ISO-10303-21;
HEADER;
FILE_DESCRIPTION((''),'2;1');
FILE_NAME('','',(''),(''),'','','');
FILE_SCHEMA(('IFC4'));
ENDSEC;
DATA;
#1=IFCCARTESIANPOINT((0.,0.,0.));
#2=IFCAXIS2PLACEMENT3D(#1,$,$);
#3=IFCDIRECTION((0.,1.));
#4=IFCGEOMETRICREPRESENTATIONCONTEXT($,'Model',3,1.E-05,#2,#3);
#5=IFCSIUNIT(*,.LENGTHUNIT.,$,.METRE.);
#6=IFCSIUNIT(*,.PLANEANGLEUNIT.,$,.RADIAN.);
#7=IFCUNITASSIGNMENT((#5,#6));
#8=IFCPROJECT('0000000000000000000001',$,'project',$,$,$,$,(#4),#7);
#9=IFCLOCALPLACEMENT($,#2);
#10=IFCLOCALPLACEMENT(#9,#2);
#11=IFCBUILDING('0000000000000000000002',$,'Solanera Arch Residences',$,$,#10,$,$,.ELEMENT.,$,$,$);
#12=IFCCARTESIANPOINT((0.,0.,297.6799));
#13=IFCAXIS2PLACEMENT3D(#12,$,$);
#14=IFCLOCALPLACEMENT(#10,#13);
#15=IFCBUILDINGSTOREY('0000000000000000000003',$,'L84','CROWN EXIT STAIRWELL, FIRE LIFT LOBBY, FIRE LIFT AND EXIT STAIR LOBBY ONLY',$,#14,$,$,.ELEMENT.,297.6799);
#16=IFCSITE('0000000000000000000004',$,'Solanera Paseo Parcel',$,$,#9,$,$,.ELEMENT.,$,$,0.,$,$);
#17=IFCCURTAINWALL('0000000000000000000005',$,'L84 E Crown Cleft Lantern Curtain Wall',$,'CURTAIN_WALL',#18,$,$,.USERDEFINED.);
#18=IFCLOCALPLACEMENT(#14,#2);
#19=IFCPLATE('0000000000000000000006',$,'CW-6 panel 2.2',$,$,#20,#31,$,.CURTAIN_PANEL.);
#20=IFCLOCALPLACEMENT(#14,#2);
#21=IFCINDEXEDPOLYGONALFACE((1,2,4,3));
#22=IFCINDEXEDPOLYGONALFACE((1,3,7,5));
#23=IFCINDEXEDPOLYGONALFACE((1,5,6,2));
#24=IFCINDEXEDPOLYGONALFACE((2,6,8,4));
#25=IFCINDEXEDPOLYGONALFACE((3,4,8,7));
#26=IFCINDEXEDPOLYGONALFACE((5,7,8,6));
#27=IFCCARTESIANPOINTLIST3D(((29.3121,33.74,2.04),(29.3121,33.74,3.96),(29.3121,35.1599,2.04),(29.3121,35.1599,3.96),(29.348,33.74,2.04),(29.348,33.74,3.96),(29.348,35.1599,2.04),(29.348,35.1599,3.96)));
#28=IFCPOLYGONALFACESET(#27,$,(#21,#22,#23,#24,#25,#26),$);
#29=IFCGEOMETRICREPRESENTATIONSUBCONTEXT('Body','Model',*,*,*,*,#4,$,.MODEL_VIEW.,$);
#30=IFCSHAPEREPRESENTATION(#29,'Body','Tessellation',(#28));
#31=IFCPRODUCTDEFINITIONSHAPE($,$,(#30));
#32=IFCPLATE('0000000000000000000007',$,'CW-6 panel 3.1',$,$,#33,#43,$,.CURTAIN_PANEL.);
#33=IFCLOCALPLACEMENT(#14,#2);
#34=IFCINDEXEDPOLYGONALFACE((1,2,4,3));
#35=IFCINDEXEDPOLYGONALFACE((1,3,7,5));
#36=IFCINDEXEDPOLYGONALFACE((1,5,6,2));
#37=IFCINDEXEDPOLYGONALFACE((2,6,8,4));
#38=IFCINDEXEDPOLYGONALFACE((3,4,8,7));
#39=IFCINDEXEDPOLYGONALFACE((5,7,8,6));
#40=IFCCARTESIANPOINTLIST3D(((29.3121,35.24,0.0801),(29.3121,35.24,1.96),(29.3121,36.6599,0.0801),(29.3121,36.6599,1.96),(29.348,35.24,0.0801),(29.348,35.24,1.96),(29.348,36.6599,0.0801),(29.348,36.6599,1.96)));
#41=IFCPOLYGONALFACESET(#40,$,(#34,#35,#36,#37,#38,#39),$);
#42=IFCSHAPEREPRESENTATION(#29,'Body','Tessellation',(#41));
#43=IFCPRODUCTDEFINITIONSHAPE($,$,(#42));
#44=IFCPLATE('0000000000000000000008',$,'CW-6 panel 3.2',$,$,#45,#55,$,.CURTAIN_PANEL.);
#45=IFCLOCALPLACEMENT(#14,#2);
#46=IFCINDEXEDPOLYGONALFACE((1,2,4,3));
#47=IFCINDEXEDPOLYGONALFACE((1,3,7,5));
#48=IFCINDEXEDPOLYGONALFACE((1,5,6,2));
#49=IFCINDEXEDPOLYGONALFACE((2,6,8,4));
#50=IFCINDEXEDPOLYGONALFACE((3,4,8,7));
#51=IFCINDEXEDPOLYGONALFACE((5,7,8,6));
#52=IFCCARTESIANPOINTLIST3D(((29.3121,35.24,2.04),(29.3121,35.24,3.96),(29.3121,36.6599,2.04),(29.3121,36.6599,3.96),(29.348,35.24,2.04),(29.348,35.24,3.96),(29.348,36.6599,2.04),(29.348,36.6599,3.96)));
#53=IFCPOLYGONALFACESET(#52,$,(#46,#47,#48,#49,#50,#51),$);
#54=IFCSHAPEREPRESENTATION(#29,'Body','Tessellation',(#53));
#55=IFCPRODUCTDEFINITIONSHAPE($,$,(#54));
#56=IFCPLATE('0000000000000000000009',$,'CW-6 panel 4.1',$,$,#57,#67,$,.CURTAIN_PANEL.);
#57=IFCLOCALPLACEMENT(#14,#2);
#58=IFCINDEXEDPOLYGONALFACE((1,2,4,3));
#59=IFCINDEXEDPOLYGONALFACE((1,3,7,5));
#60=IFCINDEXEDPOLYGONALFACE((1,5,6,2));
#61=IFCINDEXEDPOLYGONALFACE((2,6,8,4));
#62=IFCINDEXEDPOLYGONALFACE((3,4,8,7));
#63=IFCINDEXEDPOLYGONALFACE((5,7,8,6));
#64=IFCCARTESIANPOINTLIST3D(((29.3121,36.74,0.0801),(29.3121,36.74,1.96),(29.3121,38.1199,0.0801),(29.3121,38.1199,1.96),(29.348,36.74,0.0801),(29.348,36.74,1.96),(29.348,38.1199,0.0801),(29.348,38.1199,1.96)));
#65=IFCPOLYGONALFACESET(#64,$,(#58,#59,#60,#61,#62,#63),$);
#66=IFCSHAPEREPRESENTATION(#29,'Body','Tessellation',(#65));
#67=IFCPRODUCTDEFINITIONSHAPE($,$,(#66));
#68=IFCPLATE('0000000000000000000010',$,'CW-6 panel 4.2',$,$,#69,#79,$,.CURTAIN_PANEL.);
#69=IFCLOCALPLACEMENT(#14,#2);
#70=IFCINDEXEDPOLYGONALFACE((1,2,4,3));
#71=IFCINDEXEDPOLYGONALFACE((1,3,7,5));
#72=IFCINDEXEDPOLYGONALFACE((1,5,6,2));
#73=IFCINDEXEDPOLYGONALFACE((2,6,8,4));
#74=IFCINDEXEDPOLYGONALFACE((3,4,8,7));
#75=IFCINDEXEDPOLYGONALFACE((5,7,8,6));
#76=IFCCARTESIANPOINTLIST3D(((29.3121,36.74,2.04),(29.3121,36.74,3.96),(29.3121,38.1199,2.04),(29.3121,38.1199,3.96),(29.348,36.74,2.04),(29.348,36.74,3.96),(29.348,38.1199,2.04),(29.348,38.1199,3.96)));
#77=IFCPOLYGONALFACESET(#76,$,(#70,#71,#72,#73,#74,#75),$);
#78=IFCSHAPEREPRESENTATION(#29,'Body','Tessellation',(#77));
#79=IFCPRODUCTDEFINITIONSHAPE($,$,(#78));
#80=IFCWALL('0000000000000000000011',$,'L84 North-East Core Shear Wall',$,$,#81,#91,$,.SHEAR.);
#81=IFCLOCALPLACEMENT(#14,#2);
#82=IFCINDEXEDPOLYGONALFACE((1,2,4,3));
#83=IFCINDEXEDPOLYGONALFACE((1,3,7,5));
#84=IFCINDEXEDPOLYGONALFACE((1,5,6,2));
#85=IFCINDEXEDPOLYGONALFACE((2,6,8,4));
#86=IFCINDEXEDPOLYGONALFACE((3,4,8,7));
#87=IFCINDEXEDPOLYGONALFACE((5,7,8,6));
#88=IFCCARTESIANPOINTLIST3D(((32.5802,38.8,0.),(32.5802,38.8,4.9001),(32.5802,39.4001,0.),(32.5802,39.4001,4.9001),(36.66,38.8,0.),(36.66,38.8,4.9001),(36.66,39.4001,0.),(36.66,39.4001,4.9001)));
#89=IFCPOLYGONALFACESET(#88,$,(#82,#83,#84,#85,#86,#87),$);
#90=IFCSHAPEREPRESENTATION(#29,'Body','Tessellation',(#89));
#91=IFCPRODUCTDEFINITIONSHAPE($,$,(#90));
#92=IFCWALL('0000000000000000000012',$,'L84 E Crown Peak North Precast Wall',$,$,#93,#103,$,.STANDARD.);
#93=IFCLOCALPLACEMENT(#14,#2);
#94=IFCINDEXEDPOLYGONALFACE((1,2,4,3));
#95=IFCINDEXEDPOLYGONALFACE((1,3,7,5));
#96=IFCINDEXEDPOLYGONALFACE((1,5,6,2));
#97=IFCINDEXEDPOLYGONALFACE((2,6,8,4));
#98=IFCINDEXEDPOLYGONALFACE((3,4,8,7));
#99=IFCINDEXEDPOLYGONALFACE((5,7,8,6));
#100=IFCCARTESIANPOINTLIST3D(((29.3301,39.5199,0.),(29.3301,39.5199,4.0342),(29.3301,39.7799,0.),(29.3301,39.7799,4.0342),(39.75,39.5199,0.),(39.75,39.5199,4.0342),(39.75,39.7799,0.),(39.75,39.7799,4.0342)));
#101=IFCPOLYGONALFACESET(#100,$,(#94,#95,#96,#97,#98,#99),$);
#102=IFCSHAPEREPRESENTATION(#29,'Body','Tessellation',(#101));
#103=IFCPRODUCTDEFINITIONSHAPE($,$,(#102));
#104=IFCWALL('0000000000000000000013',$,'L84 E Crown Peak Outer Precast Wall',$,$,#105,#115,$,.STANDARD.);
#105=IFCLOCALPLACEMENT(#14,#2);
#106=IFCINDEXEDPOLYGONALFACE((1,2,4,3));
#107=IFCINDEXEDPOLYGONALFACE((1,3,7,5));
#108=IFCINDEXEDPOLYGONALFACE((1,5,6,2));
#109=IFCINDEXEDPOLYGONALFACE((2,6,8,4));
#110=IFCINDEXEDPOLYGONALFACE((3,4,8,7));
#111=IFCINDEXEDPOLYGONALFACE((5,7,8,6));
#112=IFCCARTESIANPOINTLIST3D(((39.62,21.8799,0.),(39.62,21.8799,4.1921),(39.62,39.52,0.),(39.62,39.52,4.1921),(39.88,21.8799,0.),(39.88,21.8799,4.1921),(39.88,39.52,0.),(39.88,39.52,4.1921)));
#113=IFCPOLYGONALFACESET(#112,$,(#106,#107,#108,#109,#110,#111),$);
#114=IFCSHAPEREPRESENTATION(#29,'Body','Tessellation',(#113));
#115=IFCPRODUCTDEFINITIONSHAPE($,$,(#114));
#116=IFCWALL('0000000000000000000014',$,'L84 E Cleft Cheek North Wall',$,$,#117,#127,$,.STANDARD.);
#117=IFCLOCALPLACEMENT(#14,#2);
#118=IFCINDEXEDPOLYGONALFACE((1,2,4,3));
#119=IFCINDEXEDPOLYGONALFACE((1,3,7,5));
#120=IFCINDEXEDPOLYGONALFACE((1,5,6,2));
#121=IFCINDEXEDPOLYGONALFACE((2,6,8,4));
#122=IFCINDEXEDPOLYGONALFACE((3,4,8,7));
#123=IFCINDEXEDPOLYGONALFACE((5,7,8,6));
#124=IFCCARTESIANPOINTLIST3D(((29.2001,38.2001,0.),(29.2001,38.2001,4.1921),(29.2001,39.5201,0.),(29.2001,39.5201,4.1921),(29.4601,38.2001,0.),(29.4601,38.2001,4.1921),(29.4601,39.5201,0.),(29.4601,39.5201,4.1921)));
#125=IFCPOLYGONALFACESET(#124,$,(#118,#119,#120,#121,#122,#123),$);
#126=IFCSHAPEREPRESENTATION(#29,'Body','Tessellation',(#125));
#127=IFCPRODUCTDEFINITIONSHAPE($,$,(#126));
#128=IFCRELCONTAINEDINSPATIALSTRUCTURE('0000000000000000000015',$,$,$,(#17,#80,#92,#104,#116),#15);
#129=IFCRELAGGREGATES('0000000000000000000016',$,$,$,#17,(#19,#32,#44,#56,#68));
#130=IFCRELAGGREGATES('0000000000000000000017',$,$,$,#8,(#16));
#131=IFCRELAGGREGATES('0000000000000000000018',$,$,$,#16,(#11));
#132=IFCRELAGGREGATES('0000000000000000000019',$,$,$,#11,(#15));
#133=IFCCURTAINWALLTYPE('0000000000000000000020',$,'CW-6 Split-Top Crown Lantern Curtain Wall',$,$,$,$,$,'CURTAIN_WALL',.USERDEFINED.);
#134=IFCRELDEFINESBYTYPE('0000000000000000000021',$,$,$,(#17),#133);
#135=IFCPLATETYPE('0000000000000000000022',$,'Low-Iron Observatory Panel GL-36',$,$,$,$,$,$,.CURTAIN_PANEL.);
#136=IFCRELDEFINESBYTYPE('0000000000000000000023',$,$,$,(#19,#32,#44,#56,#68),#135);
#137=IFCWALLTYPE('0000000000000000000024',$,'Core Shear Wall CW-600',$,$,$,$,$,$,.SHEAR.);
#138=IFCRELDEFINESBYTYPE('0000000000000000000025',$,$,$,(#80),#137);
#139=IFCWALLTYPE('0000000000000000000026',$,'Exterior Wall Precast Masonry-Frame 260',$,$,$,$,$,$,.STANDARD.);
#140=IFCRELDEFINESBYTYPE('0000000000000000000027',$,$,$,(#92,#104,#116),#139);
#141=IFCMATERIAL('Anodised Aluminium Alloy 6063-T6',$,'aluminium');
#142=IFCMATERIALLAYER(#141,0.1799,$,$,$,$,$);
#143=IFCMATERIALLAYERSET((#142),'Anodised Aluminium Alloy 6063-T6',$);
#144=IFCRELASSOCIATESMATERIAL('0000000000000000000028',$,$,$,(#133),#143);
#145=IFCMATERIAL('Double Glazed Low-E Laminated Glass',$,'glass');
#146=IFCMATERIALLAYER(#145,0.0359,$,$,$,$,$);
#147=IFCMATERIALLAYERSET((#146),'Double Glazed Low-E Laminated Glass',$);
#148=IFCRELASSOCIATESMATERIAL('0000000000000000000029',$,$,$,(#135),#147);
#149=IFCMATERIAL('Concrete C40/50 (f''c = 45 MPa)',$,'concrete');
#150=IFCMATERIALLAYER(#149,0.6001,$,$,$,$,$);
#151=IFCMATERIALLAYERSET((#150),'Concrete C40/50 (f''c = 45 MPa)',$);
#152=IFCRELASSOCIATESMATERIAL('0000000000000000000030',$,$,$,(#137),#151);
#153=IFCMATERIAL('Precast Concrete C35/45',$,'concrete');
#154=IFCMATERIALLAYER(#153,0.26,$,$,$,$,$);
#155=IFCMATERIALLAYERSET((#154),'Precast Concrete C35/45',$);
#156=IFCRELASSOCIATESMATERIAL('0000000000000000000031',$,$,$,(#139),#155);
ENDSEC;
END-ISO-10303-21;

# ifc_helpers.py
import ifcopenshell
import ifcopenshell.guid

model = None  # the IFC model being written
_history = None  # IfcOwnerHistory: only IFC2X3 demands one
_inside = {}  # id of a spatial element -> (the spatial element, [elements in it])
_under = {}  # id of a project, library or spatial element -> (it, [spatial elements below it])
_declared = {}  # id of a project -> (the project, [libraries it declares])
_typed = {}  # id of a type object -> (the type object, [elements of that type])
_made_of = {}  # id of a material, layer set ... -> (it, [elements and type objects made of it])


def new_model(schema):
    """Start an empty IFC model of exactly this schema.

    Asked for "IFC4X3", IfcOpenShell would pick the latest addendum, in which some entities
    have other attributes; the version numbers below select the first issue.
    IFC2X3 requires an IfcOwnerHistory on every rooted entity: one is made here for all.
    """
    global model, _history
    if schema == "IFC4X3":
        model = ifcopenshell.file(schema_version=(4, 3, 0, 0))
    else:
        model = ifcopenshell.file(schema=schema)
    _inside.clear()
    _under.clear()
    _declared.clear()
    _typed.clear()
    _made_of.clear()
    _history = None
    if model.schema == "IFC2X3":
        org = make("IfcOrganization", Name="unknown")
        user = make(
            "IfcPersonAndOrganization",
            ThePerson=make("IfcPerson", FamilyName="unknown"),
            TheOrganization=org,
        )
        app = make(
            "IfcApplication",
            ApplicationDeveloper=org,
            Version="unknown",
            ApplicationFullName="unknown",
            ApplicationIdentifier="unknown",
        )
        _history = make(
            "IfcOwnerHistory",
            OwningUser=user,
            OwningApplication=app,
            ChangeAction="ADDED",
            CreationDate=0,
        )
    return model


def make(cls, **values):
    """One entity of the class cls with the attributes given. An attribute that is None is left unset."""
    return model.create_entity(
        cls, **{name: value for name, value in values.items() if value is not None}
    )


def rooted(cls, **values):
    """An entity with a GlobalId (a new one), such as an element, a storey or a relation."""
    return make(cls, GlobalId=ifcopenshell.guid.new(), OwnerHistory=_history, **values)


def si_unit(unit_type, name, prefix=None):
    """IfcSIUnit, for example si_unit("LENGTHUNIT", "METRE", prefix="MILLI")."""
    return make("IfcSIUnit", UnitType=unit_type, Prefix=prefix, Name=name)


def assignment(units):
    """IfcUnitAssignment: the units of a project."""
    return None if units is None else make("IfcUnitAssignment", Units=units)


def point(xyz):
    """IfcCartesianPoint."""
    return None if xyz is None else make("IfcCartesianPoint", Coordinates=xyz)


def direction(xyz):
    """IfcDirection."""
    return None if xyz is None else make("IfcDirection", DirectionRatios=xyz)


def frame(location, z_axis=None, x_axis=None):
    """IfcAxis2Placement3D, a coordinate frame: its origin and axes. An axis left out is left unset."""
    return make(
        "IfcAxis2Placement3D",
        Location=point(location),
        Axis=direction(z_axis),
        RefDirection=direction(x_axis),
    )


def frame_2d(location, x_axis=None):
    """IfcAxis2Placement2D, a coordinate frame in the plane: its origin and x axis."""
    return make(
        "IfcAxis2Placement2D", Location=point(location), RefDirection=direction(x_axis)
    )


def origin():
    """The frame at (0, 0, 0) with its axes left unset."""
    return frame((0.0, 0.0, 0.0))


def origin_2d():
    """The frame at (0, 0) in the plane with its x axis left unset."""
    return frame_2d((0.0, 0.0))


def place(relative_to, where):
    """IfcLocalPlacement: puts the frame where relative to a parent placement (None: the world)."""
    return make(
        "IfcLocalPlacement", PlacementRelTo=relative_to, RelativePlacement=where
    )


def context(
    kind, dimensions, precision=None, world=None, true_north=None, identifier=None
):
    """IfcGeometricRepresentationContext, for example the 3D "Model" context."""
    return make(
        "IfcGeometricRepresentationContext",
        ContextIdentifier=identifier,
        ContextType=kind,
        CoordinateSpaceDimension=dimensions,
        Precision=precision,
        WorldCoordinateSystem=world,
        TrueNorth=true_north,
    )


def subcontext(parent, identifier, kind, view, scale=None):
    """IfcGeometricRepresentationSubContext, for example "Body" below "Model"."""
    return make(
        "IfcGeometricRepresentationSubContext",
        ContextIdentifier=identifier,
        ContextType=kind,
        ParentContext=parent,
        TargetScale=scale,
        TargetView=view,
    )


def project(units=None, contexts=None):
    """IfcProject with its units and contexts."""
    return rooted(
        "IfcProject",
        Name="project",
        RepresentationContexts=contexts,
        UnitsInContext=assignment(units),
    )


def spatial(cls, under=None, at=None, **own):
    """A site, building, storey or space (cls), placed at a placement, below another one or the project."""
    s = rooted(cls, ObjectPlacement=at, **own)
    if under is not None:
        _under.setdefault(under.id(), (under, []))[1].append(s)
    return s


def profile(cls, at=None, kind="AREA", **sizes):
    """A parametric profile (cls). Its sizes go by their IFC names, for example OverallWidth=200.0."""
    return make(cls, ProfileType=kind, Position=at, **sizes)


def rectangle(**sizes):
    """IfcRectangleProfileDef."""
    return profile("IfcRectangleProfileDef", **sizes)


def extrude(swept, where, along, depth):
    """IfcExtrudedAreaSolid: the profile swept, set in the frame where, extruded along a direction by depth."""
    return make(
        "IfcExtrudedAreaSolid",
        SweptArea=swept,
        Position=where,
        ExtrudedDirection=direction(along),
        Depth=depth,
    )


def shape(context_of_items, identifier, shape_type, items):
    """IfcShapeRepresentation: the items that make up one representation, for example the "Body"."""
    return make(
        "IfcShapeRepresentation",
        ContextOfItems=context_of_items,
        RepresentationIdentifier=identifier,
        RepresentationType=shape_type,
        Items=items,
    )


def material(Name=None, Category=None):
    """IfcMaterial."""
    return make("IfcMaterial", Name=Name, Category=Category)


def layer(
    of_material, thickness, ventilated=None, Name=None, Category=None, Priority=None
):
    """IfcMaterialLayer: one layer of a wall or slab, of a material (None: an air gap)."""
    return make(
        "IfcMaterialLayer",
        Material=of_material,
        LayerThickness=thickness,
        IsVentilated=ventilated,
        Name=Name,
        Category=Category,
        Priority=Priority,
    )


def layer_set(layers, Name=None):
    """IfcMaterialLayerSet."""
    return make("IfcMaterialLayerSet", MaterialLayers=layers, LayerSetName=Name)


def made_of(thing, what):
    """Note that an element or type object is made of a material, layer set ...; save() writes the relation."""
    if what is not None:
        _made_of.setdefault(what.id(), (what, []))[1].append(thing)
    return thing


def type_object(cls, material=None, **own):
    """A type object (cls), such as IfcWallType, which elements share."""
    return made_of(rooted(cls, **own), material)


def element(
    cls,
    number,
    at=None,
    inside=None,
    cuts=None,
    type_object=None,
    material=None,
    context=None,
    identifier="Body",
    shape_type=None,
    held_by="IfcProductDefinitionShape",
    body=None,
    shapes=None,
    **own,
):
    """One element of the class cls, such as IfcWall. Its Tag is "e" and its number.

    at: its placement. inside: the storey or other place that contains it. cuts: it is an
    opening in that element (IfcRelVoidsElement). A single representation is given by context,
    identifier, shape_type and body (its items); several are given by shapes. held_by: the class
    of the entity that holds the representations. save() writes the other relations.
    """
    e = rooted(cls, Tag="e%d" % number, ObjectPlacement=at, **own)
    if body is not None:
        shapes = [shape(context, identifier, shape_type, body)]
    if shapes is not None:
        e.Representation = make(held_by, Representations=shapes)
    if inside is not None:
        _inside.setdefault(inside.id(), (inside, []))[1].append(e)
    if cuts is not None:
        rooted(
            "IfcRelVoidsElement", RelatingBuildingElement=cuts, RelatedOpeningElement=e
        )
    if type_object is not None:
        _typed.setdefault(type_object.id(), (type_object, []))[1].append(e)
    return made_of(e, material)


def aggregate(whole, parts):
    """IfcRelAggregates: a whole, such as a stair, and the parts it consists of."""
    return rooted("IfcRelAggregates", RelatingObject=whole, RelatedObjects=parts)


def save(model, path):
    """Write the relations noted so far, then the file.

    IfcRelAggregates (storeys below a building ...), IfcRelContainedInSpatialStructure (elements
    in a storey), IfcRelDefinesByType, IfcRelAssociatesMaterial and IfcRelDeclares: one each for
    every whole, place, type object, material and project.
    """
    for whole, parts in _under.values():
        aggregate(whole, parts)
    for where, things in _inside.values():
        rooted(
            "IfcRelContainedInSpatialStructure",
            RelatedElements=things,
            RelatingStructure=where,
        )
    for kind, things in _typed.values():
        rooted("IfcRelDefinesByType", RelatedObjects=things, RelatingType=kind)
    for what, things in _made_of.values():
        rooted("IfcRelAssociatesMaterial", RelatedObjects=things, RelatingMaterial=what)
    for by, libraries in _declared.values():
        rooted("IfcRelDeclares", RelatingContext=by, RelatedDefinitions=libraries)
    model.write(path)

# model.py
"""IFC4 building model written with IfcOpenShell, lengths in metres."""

from ifc_helpers import new_model, si_unit, direction, frame, frame_2d, origin, origin_2d, place, context, subcontext, project, spatial, rectangle, extrude, material, layer, layer_set, type_object, element, aggregate, save


model = new_model("IFC4")

# Units and contexts
model_context = context("Model", 3, precision=1e-05, world=origin(), true_north=direction((0.0, 1.0)))
body_context = subcontext(model_context, "Body", "Model", "MODEL_VIEW")
ifc_project = project(units=[si_unit("LENGTHUNIT", "METRE"), si_unit("PLANEANGLEUNIT", "RADIAN")], contexts=[model_context])

# Site, building, storey
site_placement = place(None, origin())
site = spatial("IfcSite", under=ifc_project, at=site_placement, Name="Solanera Paseo Parcel", CompositionType="ELEMENT", RefElevation=0.0)
building_placement = place(site_placement, origin())
building = spatial("IfcBuilding", under=site, at=building_placement, Name="Solanera Arch Residences", CompositionType="ELEMENT")
storey_placement = place(building_placement, frame((0.0, 0.0, 297.6799)))
storey = spatial("IfcBuildingStorey", under=building, at=storey_placement, Name="L84", Description="CROWN EXIT STAIRWELL, FIRE LIFT LOBBY, FIRE LIFT AND EXIT STAIR LOBBY ONLY", CompositionType="ELEMENT", Elevation=297.6799)

# Curtain wall
ifc_material_1 = material(Name="Anodised Aluminium Alloy 6063-T6", Category="aluminium")
ifc_layer_1 = layer(ifc_material_1, 0.1799)
ifc_layer_set_1 = layer_set([ifc_layer_1], Name="Anodised Aluminium Alloy 6063-T6")
curtain_wall_type = type_object("IfcCurtainWallType", Name="CW-6 Split-Top Crown Lantern Curtain Wall", ElementType="CURTAIN_WALL", PredefinedType="USERDEFINED", material=ifc_layer_set_1)
curtain_wall_1_placement = place(storey_placement, origin())
curtain_wall_1 = element("IfcCurtainWall", 1, at=curtain_wall_1_placement, inside=storey, type_object=curtain_wall_type, Name="L84 E Crown Cleft Lantern Curtain Wall", ObjectType="CURTAIN_WALL", PredefinedType="USERDEFINED")

# Plates
ifc_material_2 = material(Name="Double Glazed Low-E Laminated Glass", Category="glass")
ifc_layer_2 = layer(ifc_material_2, 0.0359)
ifc_layer_set_2 = layer_set([ifc_layer_2], Name="Double Glazed Low-E Laminated Glass")
plate_type = type_object("IfcPlateType", Name="Low-Iron Observatory Panel GL-36", PredefinedType="CURTAIN_PANEL", material=ifc_layer_set_2)
plate_1_placement = place(storey_placement, frame((29.3301, 34.45, 2.04), z_axis=(0.0, 0.0, 1.0), x_axis=(0.0, 1.0, 0.0)))
plate_1 = element("IfcPlate", 2, at=plate_1_placement, type_object=plate_type, Name="CW-6 panel 2.2", PredefinedType="CURTAIN_PANEL", context=body_context, shape_type="SweptSolid", body=[
    extrude(rectangle(XDim=1.4199, YDim=0.0359, at=origin_2d()), origin(), (0.0, 0.0, 1.0), 1.9199),
])
plate_2_placement = place(storey_placement, frame((29.3301, 35.95, 0.0801), z_axis=(0.0, 0.0, 1.0), x_axis=(0.0, 1.0, 0.0)))
plate_2 = element("IfcPlate", 3, at=plate_2_placement, type_object=plate_type, Name="CW-6 panel 3.1", PredefinedType="CURTAIN_PANEL", context=body_context, shape_type="SweptSolid", body=[
    extrude(rectangle(XDim=1.4199, YDim=0.0359, at=origin_2d()), origin(), (0.0, 0.0, 1.0), 1.8799),
])
plate_3_placement = place(storey_placement, frame((29.3301, 35.95, 2.04), z_axis=(0.0, 0.0, 1.0), x_axis=(0.0, 1.0, 0.0)))
plate_3 = element("IfcPlate", 4, at=plate_3_placement, type_object=plate_type, Name="CW-6 panel 3.2", PredefinedType="CURTAIN_PANEL", context=body_context, shape_type="SweptSolid", body=[
    extrude(rectangle(XDim=1.4199, YDim=0.0359, at=origin_2d()), origin(), (0.0, 0.0, 1.0), 1.9199),
])
plate_4_placement = place(storey_placement, frame((29.3301, 37.4299, 0.0801), z_axis=(0.0, 0.0, 1.0), x_axis=(0.0, 1.0, 0.0)))
plate_4 = element("IfcPlate", 5, at=plate_4_placement, type_object=plate_type, Name="CW-6 panel 4.1", PredefinedType="CURTAIN_PANEL", context=body_context, shape_type="SweptSolid", body=[
    extrude(rectangle(XDim=1.3799, YDim=0.0359, at=origin_2d()), origin(), (0.0, 0.0, 1.0), 1.8799),
])
plate_5_placement = place(storey_placement, frame((29.3301, 37.4299, 2.04), z_axis=(0.0, 0.0, 1.0), x_axis=(0.0, 1.0, 0.0)))
plate_5 = element("IfcPlate", 6, at=plate_5_placement, type_object=plate_type, Name="CW-6 panel 4.2", PredefinedType="CURTAIN_PANEL", context=body_context, shape_type="SweptSolid", body=[
    extrude(rectangle(XDim=1.3799, YDim=0.0359, at=origin_2d()), origin(), (0.0, 0.0, 1.0), 1.9199),
])
aggregate(curtain_wall_1, [plate_1, plate_2, plate_3, plate_4, plate_5])

# Walls
ifc_material_3 = material(Name="Concrete C40/50 (f'c = 45 MPa)", Category="concrete")
ifc_layer_3 = layer(ifc_material_3, 0.6001)
ifc_layer_set_3 = layer_set([ifc_layer_3], Name="Concrete C40/50 (f'c = 45 MPa)")
wall_type_1 = type_object("IfcWallType", Name="Core Shear Wall CW-600", PredefinedType="SHEAR", material=ifc_layer_set_3)
wall_1_placement = place(storey_placement, frame((32.5801, 39.1001, 0.0), z_axis=(0.0, 0.0, 1.0), x_axis=(1.0, 0.0, 0.0)))
element("IfcWall", 7, at=wall_1_placement, inside=storey, type_object=wall_type_1, Name="L84 North-East Core Shear Wall", PredefinedType="SHEAR", context=body_context, shape_type="SweptSolid", body=[
    extrude(rectangle(XDim=4.0798, YDim=0.6001, at=frame_2d((2.04, 0.0))), origin(), (0.0, 0.0, 1.0), 4.9001),
])
ifc_material_4 = material(Name="Precast Concrete C35/45", Category="concrete")
ifc_layer_4 = layer(ifc_material_4, 0.26)
ifc_layer_set_4 = layer_set([ifc_layer_4], Name="Precast Concrete C35/45")
wall_type_2 = type_object("IfcWallType", Name="Exterior Wall Precast Masonry-Frame 260", PredefinedType="STANDARD", material=ifc_layer_set_4)
wall_2_placement = place(storey_placement, frame((29.3301, 39.6499, 0.0), z_axis=(0.0, 0.0, 1.0), x_axis=(1.0, 0.0, 0.0)))
element("IfcWall", 8, at=wall_2_placement, inside=storey, type_object=wall_type_2, Name="L84 E Crown Peak North Precast Wall", PredefinedType="STANDARD", context=body_context, shape_type="SweptSolid", body=[
    extrude(rectangle(XDim=10.4199, YDim=0.26, at=frame_2d((5.21, 0.0))), origin(), (0.0, 0.0, 1.0), 4.0342),
])
wall_3_placement = place(storey_placement, frame((39.75, 39.52, 0.0), z_axis=(0.0, 0.0, 1.0), x_axis=(0.0, -1.0, 0.0)))
element("IfcWall", 9, at=wall_3_placement, inside=storey, type_object=wall_type_2, Name="L84 E Crown Peak Outer Precast Wall", PredefinedType="STANDARD", context=body_context, shape_type="SweptSolid", body=[
    extrude(rectangle(XDim=17.6401, YDim=0.26, at=frame_2d((8.8201, 0.0))), origin(), (0.0, 0.0, 1.0), 4.1921),
])
wall_4_placement = place(storey_placement, frame((29.3301, 38.2, 0.0), z_axis=(0.0, 0.0, 1.0), x_axis=(0.0, 1.0, 0.0)))
element("IfcWall", 10, at=wall_4_placement, inside=storey, type_object=wall_type_2, Name="L84 E Cleft Cheek North Wall", PredefinedType="STANDARD", context=body_context, shape_type="SweptSolid", body=[
    extrude(rectangle(XDim=1.3201, YDim=0.26, at=frame_2d((0.6602, 0.0))), origin(), (0.0, 0.0, 1.0), 4.1921),
])

save(model, "model.ifc")
